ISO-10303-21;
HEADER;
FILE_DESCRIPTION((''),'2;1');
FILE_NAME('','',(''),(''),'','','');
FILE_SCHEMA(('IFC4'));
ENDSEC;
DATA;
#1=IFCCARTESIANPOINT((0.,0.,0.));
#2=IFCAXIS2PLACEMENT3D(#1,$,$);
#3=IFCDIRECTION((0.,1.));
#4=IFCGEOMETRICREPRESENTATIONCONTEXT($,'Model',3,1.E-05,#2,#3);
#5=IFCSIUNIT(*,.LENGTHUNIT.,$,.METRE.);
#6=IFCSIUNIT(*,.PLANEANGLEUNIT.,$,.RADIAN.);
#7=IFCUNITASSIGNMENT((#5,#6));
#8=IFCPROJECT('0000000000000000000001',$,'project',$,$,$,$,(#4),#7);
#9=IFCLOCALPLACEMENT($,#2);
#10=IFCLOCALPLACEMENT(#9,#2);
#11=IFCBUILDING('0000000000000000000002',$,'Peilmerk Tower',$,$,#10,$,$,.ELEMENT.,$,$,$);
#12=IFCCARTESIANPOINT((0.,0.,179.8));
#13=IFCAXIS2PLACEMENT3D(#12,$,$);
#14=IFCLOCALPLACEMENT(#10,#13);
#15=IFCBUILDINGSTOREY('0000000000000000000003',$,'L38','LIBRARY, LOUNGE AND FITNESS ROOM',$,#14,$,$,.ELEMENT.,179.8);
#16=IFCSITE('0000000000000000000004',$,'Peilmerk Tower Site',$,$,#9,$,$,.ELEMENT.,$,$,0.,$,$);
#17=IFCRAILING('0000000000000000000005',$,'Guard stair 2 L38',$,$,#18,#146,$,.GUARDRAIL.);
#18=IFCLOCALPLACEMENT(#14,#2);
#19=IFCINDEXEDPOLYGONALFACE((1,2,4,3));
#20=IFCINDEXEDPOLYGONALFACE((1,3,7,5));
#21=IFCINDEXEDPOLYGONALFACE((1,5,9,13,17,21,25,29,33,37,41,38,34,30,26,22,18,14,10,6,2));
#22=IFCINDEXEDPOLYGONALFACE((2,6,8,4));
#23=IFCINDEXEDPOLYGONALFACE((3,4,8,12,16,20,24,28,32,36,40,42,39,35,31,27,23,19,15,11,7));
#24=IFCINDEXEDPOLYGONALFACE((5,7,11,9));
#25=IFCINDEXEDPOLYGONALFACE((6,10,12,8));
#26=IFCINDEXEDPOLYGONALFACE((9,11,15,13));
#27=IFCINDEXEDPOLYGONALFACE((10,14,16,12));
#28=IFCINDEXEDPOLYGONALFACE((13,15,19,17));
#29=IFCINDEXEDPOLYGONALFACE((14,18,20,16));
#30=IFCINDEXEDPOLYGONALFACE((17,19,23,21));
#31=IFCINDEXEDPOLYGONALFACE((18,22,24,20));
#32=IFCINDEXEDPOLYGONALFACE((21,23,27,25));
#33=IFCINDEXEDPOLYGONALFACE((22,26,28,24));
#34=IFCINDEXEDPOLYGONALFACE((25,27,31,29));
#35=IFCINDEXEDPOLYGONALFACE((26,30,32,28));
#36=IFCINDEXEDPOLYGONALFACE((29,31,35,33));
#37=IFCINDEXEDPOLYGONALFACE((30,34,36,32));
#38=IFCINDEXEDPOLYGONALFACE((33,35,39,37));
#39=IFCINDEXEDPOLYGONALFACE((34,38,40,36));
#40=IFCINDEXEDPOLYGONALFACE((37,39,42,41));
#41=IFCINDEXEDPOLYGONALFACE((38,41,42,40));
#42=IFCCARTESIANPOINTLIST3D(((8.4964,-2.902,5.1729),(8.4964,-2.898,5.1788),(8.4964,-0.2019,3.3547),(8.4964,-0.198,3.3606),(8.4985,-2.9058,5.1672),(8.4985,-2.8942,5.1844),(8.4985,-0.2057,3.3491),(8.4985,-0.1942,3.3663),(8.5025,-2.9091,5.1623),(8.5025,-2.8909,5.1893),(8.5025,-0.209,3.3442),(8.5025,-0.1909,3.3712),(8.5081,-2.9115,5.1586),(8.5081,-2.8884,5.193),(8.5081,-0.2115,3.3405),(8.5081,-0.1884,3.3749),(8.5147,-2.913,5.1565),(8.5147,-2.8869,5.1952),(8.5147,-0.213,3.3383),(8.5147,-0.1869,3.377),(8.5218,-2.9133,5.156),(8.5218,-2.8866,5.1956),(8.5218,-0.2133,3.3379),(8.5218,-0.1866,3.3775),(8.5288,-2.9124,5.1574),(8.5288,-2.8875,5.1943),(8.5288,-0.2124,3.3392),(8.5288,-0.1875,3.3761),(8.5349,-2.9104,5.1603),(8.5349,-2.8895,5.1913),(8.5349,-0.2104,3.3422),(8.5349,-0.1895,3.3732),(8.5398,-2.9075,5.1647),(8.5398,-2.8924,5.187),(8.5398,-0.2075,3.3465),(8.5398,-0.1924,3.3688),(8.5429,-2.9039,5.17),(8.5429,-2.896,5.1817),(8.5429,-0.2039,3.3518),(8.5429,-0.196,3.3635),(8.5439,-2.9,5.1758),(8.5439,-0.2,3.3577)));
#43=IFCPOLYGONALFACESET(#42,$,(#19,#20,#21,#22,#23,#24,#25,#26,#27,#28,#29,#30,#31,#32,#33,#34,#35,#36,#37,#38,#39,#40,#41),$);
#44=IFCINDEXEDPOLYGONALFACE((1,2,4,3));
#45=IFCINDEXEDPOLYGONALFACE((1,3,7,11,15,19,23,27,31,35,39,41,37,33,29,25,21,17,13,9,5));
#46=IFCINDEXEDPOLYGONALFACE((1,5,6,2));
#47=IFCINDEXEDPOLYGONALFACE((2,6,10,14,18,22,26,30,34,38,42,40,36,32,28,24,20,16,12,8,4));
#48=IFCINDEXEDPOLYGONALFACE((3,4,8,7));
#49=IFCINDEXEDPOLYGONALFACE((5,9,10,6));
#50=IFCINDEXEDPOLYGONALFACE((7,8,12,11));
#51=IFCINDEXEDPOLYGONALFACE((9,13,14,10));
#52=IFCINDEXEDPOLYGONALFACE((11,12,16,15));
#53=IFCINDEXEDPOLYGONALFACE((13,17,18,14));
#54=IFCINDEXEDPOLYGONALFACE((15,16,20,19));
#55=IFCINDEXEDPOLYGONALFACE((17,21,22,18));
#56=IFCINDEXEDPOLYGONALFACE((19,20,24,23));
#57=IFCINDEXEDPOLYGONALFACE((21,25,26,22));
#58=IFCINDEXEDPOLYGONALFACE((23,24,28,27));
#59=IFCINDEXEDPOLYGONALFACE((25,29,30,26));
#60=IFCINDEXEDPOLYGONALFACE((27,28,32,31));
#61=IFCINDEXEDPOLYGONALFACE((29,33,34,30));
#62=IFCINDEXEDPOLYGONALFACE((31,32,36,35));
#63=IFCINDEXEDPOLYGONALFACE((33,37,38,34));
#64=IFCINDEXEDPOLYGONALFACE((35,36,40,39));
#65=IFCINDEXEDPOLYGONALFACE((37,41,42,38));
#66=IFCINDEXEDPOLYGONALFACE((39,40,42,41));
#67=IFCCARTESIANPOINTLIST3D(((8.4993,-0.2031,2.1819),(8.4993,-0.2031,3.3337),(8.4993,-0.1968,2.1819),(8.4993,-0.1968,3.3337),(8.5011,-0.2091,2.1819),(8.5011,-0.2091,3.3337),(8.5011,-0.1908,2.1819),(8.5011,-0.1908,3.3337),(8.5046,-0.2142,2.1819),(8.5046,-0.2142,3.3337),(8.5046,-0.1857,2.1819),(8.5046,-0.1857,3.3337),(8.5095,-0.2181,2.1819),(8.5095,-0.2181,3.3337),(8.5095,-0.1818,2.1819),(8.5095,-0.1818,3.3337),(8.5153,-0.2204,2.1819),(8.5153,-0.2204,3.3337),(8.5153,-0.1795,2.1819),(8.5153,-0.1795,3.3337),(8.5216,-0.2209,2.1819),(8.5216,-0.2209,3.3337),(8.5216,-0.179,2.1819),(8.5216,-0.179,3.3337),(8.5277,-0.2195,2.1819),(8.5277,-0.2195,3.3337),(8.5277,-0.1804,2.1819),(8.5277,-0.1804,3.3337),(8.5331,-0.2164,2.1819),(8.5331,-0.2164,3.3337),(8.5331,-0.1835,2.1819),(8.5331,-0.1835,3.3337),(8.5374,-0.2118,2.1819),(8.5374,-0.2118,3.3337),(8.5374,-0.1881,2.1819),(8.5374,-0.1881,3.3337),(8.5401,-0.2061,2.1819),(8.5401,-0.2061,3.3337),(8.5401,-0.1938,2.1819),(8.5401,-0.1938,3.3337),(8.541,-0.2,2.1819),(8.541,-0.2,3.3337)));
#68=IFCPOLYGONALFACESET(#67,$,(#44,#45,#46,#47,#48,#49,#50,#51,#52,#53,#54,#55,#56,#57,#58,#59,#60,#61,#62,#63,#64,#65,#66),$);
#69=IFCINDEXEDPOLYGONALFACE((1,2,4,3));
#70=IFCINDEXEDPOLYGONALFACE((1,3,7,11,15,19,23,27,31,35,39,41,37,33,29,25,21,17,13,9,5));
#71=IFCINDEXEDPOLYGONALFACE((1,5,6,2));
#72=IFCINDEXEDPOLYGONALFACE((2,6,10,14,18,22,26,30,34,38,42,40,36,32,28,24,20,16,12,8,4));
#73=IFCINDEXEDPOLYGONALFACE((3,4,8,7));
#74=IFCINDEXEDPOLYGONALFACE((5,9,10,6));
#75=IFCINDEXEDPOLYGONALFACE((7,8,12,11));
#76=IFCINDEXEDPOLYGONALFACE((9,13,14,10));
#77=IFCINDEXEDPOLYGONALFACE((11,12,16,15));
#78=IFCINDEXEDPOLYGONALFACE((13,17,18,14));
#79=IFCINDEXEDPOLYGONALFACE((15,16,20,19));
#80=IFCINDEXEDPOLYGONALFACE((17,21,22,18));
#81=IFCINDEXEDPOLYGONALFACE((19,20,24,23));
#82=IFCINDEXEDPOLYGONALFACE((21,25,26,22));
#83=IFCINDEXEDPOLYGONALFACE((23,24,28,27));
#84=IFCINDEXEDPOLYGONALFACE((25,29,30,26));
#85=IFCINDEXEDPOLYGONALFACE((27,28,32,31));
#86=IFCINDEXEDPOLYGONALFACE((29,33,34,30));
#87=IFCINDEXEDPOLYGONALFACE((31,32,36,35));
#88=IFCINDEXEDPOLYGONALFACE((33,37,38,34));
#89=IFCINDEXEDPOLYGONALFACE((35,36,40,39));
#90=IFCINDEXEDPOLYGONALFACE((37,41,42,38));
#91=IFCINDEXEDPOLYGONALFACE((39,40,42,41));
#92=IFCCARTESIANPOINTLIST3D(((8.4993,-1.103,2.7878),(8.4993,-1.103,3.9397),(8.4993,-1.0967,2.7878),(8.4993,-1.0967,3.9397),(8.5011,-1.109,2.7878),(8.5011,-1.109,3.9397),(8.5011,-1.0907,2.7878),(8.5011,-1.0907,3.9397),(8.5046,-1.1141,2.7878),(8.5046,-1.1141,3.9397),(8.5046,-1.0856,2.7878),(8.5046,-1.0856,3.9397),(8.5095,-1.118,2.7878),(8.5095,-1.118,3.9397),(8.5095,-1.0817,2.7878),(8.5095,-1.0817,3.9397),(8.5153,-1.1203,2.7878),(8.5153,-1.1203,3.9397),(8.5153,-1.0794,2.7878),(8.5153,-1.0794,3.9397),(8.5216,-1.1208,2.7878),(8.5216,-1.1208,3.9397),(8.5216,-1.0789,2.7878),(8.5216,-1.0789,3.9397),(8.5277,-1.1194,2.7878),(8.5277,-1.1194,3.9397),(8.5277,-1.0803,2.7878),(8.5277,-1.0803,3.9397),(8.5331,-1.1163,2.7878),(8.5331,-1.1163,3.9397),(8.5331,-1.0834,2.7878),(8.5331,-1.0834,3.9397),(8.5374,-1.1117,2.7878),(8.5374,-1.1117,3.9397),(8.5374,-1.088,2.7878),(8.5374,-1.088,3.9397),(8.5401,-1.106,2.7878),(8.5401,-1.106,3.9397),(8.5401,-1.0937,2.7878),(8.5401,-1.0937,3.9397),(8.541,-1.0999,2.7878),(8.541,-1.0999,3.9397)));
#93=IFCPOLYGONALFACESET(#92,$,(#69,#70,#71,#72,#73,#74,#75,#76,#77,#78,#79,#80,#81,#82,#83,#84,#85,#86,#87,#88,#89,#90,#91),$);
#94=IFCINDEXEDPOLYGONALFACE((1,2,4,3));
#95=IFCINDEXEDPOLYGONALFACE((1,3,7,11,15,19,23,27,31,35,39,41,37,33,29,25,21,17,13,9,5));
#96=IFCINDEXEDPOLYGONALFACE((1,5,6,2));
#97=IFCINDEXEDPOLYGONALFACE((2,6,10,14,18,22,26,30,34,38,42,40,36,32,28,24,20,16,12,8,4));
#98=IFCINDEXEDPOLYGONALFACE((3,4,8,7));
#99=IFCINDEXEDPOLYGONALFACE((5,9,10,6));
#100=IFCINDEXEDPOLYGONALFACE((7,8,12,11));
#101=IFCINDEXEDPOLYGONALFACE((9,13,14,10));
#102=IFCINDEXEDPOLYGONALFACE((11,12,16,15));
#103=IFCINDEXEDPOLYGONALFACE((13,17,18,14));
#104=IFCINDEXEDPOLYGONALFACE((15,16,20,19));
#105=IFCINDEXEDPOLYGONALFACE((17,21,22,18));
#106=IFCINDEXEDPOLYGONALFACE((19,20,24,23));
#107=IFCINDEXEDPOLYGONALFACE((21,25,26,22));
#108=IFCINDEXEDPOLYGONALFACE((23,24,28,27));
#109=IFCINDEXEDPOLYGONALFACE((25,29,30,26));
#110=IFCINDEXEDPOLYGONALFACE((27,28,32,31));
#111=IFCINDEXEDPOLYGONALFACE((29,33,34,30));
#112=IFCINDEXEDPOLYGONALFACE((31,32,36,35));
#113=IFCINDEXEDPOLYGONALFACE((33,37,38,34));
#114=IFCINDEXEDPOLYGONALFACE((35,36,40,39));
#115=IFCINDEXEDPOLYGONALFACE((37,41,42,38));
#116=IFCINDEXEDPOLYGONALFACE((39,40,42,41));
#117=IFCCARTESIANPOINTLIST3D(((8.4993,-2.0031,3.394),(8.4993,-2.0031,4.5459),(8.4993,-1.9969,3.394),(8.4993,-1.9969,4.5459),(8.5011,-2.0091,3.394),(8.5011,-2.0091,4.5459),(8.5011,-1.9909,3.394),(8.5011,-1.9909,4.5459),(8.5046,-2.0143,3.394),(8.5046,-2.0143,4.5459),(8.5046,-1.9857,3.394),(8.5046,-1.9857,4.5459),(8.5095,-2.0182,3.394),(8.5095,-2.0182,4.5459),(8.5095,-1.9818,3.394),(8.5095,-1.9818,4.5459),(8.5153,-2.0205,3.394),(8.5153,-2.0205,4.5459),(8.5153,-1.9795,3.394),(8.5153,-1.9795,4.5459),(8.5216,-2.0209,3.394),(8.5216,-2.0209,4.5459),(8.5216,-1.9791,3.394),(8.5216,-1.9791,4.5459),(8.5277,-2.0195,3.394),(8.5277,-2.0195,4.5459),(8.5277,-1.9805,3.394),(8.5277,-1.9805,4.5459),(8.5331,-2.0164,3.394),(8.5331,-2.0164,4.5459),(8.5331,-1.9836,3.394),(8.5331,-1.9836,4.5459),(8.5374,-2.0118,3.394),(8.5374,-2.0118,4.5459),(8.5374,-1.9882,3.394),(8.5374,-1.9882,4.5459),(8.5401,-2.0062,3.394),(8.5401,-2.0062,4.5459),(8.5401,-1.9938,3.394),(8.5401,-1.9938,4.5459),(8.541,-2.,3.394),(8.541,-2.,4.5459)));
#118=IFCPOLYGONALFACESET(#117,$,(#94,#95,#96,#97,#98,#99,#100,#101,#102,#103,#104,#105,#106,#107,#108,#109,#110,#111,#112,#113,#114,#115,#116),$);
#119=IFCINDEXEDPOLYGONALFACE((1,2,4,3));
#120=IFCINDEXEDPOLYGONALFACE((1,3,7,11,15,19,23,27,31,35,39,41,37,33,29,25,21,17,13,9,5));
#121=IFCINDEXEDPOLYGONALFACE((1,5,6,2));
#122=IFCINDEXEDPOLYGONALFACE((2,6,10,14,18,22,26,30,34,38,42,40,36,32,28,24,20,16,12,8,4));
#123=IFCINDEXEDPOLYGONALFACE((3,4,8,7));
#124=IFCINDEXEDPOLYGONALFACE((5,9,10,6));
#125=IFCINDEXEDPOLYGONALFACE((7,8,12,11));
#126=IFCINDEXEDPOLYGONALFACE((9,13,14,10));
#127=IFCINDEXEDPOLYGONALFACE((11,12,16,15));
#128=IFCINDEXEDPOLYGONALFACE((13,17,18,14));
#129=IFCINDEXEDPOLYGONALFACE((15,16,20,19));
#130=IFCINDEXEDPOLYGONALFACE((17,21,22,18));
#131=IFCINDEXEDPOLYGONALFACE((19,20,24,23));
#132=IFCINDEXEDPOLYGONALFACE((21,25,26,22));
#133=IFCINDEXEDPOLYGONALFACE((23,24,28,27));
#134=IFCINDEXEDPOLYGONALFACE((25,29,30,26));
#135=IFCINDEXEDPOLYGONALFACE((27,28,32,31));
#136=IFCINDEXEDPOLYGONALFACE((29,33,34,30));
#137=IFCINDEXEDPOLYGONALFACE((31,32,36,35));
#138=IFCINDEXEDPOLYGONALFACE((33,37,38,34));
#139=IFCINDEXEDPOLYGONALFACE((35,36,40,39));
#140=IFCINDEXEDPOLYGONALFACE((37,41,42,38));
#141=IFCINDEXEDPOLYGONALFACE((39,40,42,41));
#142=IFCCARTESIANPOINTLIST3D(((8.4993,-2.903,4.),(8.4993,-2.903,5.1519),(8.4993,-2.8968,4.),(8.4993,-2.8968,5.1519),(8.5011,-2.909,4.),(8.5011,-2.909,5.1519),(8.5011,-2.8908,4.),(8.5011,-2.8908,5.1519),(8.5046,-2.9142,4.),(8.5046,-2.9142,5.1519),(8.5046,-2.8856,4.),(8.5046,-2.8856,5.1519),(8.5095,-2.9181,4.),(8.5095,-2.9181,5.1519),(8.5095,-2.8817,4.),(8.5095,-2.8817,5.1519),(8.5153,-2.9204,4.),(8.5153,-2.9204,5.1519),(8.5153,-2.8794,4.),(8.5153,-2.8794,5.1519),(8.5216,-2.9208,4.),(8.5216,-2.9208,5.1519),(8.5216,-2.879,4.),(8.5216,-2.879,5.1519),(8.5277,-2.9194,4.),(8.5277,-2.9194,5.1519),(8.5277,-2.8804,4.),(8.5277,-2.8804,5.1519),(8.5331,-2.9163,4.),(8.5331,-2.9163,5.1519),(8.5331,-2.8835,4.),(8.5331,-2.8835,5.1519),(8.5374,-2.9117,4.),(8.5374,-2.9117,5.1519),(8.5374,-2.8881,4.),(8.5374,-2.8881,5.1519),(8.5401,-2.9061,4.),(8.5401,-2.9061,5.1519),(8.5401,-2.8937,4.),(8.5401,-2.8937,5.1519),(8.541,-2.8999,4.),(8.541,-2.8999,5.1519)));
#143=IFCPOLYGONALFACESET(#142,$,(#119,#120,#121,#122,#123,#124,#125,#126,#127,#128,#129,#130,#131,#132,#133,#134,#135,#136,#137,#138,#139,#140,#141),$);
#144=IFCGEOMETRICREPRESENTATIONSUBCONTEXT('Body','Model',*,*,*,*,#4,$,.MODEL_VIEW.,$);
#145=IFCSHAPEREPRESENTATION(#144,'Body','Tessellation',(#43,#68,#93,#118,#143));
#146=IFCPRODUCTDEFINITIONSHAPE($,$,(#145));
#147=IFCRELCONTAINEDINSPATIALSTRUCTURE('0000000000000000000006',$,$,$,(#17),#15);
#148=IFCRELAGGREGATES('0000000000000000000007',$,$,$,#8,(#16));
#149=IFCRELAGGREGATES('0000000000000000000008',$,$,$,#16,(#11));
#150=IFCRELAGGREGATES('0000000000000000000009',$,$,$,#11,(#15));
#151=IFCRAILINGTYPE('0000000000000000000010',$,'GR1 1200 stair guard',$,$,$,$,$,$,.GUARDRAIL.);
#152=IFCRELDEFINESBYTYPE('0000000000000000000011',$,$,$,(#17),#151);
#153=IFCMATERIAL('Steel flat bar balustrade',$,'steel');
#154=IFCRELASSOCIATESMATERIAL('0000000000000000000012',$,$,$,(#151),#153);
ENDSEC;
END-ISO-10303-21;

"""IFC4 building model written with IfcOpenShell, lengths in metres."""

from ifc_helpers import new_model, si_unit, direction, frame, origin, origin_2d, place, context, subcontext, project, spatial, circle, extrude, material, type_object, element, save


model = new_model("IFC4")

# Units and contexts
model_context = context("Model", 3, precision=1e-05, world=origin(), true_north=direction((0.0, 1.0)))
body_context = subcontext(model_context, "Body", "Model", "MODEL_VIEW")
ifc_project = project(units=[si_unit("LENGTHUNIT", "METRE"), si_unit("PLANEANGLEUNIT", "RADIAN")], contexts=[model_context])

# Site, building, storey
site_placement = place(None, origin())
site = spatial("IfcSite", under=ifc_project, at=site_placement, Name="Peilmerk Tower Site", CompositionType="ELEMENT", RefElevation=0.0)
building_placement = place(site_placement, origin())
building = spatial("IfcBuilding", under=site, at=building_placement, Name="Peilmerk Tower", CompositionType="ELEMENT")
storey_placement = place(building_placement, frame((0.0, 0.0, 179.8)))
storey = spatial("IfcBuildingStorey", under=building, at=storey_placement, Name="L38", Description="LIBRARY, LOUNGE AND FITNESS ROOM", CompositionType="ELEMENT", Elevation=179.8)

# Railing
ifc_material_1 = material(Name="Steel flat bar balustrade", Category="steel")
railing_type_1 = type_object("IfcRailingType", Name="GR1 1200 stair guard", PredefinedType="GUARDRAIL", material=ifc_material_1)
railing_1_placement = place(storey_placement, frame((8.52, -0.2, 2.1819)))
element("IfcRailing", 1, at=railing_1_placement, inside=storey, type_object=railing_type_1, Name="Guard stair 2 L38", PredefinedType="GUARDRAIL", context=body_context, shape_type="SweptSolid", body=[
    extrude(circle(Radius=0.0239, at=origin_2d()), frame((0.0, 0.0, 1.1758), z_axis=(0.0, -0.829468, 0.558554), x_axis=(1.0, 0.0, 0.0)), (0.0, 0.0, 1.0), 3.2551),
    extrude(circle(Radius=0.021, at=origin_2d()), origin(), (0.0, 0.0, 1.0), 1.1519),
    extrude(circle(Radius=0.021, at=origin_2d()), frame((0.0, -0.8999, 0.606)), (0.0, 0.0, 1.0), 1.1519),
    extrude(circle(Radius=0.021, at=origin_2d()), frame((0.0, -1.8, 1.2122)), (0.0, 0.0, 1.0), 1.1519),
    extrude(circle(Radius=0.021, at=origin_2d()), frame((0.0, -2.7, 1.8181)), (0.0, 0.0, 1.0), 1.1519),
])

save(model, "model.ifc")
